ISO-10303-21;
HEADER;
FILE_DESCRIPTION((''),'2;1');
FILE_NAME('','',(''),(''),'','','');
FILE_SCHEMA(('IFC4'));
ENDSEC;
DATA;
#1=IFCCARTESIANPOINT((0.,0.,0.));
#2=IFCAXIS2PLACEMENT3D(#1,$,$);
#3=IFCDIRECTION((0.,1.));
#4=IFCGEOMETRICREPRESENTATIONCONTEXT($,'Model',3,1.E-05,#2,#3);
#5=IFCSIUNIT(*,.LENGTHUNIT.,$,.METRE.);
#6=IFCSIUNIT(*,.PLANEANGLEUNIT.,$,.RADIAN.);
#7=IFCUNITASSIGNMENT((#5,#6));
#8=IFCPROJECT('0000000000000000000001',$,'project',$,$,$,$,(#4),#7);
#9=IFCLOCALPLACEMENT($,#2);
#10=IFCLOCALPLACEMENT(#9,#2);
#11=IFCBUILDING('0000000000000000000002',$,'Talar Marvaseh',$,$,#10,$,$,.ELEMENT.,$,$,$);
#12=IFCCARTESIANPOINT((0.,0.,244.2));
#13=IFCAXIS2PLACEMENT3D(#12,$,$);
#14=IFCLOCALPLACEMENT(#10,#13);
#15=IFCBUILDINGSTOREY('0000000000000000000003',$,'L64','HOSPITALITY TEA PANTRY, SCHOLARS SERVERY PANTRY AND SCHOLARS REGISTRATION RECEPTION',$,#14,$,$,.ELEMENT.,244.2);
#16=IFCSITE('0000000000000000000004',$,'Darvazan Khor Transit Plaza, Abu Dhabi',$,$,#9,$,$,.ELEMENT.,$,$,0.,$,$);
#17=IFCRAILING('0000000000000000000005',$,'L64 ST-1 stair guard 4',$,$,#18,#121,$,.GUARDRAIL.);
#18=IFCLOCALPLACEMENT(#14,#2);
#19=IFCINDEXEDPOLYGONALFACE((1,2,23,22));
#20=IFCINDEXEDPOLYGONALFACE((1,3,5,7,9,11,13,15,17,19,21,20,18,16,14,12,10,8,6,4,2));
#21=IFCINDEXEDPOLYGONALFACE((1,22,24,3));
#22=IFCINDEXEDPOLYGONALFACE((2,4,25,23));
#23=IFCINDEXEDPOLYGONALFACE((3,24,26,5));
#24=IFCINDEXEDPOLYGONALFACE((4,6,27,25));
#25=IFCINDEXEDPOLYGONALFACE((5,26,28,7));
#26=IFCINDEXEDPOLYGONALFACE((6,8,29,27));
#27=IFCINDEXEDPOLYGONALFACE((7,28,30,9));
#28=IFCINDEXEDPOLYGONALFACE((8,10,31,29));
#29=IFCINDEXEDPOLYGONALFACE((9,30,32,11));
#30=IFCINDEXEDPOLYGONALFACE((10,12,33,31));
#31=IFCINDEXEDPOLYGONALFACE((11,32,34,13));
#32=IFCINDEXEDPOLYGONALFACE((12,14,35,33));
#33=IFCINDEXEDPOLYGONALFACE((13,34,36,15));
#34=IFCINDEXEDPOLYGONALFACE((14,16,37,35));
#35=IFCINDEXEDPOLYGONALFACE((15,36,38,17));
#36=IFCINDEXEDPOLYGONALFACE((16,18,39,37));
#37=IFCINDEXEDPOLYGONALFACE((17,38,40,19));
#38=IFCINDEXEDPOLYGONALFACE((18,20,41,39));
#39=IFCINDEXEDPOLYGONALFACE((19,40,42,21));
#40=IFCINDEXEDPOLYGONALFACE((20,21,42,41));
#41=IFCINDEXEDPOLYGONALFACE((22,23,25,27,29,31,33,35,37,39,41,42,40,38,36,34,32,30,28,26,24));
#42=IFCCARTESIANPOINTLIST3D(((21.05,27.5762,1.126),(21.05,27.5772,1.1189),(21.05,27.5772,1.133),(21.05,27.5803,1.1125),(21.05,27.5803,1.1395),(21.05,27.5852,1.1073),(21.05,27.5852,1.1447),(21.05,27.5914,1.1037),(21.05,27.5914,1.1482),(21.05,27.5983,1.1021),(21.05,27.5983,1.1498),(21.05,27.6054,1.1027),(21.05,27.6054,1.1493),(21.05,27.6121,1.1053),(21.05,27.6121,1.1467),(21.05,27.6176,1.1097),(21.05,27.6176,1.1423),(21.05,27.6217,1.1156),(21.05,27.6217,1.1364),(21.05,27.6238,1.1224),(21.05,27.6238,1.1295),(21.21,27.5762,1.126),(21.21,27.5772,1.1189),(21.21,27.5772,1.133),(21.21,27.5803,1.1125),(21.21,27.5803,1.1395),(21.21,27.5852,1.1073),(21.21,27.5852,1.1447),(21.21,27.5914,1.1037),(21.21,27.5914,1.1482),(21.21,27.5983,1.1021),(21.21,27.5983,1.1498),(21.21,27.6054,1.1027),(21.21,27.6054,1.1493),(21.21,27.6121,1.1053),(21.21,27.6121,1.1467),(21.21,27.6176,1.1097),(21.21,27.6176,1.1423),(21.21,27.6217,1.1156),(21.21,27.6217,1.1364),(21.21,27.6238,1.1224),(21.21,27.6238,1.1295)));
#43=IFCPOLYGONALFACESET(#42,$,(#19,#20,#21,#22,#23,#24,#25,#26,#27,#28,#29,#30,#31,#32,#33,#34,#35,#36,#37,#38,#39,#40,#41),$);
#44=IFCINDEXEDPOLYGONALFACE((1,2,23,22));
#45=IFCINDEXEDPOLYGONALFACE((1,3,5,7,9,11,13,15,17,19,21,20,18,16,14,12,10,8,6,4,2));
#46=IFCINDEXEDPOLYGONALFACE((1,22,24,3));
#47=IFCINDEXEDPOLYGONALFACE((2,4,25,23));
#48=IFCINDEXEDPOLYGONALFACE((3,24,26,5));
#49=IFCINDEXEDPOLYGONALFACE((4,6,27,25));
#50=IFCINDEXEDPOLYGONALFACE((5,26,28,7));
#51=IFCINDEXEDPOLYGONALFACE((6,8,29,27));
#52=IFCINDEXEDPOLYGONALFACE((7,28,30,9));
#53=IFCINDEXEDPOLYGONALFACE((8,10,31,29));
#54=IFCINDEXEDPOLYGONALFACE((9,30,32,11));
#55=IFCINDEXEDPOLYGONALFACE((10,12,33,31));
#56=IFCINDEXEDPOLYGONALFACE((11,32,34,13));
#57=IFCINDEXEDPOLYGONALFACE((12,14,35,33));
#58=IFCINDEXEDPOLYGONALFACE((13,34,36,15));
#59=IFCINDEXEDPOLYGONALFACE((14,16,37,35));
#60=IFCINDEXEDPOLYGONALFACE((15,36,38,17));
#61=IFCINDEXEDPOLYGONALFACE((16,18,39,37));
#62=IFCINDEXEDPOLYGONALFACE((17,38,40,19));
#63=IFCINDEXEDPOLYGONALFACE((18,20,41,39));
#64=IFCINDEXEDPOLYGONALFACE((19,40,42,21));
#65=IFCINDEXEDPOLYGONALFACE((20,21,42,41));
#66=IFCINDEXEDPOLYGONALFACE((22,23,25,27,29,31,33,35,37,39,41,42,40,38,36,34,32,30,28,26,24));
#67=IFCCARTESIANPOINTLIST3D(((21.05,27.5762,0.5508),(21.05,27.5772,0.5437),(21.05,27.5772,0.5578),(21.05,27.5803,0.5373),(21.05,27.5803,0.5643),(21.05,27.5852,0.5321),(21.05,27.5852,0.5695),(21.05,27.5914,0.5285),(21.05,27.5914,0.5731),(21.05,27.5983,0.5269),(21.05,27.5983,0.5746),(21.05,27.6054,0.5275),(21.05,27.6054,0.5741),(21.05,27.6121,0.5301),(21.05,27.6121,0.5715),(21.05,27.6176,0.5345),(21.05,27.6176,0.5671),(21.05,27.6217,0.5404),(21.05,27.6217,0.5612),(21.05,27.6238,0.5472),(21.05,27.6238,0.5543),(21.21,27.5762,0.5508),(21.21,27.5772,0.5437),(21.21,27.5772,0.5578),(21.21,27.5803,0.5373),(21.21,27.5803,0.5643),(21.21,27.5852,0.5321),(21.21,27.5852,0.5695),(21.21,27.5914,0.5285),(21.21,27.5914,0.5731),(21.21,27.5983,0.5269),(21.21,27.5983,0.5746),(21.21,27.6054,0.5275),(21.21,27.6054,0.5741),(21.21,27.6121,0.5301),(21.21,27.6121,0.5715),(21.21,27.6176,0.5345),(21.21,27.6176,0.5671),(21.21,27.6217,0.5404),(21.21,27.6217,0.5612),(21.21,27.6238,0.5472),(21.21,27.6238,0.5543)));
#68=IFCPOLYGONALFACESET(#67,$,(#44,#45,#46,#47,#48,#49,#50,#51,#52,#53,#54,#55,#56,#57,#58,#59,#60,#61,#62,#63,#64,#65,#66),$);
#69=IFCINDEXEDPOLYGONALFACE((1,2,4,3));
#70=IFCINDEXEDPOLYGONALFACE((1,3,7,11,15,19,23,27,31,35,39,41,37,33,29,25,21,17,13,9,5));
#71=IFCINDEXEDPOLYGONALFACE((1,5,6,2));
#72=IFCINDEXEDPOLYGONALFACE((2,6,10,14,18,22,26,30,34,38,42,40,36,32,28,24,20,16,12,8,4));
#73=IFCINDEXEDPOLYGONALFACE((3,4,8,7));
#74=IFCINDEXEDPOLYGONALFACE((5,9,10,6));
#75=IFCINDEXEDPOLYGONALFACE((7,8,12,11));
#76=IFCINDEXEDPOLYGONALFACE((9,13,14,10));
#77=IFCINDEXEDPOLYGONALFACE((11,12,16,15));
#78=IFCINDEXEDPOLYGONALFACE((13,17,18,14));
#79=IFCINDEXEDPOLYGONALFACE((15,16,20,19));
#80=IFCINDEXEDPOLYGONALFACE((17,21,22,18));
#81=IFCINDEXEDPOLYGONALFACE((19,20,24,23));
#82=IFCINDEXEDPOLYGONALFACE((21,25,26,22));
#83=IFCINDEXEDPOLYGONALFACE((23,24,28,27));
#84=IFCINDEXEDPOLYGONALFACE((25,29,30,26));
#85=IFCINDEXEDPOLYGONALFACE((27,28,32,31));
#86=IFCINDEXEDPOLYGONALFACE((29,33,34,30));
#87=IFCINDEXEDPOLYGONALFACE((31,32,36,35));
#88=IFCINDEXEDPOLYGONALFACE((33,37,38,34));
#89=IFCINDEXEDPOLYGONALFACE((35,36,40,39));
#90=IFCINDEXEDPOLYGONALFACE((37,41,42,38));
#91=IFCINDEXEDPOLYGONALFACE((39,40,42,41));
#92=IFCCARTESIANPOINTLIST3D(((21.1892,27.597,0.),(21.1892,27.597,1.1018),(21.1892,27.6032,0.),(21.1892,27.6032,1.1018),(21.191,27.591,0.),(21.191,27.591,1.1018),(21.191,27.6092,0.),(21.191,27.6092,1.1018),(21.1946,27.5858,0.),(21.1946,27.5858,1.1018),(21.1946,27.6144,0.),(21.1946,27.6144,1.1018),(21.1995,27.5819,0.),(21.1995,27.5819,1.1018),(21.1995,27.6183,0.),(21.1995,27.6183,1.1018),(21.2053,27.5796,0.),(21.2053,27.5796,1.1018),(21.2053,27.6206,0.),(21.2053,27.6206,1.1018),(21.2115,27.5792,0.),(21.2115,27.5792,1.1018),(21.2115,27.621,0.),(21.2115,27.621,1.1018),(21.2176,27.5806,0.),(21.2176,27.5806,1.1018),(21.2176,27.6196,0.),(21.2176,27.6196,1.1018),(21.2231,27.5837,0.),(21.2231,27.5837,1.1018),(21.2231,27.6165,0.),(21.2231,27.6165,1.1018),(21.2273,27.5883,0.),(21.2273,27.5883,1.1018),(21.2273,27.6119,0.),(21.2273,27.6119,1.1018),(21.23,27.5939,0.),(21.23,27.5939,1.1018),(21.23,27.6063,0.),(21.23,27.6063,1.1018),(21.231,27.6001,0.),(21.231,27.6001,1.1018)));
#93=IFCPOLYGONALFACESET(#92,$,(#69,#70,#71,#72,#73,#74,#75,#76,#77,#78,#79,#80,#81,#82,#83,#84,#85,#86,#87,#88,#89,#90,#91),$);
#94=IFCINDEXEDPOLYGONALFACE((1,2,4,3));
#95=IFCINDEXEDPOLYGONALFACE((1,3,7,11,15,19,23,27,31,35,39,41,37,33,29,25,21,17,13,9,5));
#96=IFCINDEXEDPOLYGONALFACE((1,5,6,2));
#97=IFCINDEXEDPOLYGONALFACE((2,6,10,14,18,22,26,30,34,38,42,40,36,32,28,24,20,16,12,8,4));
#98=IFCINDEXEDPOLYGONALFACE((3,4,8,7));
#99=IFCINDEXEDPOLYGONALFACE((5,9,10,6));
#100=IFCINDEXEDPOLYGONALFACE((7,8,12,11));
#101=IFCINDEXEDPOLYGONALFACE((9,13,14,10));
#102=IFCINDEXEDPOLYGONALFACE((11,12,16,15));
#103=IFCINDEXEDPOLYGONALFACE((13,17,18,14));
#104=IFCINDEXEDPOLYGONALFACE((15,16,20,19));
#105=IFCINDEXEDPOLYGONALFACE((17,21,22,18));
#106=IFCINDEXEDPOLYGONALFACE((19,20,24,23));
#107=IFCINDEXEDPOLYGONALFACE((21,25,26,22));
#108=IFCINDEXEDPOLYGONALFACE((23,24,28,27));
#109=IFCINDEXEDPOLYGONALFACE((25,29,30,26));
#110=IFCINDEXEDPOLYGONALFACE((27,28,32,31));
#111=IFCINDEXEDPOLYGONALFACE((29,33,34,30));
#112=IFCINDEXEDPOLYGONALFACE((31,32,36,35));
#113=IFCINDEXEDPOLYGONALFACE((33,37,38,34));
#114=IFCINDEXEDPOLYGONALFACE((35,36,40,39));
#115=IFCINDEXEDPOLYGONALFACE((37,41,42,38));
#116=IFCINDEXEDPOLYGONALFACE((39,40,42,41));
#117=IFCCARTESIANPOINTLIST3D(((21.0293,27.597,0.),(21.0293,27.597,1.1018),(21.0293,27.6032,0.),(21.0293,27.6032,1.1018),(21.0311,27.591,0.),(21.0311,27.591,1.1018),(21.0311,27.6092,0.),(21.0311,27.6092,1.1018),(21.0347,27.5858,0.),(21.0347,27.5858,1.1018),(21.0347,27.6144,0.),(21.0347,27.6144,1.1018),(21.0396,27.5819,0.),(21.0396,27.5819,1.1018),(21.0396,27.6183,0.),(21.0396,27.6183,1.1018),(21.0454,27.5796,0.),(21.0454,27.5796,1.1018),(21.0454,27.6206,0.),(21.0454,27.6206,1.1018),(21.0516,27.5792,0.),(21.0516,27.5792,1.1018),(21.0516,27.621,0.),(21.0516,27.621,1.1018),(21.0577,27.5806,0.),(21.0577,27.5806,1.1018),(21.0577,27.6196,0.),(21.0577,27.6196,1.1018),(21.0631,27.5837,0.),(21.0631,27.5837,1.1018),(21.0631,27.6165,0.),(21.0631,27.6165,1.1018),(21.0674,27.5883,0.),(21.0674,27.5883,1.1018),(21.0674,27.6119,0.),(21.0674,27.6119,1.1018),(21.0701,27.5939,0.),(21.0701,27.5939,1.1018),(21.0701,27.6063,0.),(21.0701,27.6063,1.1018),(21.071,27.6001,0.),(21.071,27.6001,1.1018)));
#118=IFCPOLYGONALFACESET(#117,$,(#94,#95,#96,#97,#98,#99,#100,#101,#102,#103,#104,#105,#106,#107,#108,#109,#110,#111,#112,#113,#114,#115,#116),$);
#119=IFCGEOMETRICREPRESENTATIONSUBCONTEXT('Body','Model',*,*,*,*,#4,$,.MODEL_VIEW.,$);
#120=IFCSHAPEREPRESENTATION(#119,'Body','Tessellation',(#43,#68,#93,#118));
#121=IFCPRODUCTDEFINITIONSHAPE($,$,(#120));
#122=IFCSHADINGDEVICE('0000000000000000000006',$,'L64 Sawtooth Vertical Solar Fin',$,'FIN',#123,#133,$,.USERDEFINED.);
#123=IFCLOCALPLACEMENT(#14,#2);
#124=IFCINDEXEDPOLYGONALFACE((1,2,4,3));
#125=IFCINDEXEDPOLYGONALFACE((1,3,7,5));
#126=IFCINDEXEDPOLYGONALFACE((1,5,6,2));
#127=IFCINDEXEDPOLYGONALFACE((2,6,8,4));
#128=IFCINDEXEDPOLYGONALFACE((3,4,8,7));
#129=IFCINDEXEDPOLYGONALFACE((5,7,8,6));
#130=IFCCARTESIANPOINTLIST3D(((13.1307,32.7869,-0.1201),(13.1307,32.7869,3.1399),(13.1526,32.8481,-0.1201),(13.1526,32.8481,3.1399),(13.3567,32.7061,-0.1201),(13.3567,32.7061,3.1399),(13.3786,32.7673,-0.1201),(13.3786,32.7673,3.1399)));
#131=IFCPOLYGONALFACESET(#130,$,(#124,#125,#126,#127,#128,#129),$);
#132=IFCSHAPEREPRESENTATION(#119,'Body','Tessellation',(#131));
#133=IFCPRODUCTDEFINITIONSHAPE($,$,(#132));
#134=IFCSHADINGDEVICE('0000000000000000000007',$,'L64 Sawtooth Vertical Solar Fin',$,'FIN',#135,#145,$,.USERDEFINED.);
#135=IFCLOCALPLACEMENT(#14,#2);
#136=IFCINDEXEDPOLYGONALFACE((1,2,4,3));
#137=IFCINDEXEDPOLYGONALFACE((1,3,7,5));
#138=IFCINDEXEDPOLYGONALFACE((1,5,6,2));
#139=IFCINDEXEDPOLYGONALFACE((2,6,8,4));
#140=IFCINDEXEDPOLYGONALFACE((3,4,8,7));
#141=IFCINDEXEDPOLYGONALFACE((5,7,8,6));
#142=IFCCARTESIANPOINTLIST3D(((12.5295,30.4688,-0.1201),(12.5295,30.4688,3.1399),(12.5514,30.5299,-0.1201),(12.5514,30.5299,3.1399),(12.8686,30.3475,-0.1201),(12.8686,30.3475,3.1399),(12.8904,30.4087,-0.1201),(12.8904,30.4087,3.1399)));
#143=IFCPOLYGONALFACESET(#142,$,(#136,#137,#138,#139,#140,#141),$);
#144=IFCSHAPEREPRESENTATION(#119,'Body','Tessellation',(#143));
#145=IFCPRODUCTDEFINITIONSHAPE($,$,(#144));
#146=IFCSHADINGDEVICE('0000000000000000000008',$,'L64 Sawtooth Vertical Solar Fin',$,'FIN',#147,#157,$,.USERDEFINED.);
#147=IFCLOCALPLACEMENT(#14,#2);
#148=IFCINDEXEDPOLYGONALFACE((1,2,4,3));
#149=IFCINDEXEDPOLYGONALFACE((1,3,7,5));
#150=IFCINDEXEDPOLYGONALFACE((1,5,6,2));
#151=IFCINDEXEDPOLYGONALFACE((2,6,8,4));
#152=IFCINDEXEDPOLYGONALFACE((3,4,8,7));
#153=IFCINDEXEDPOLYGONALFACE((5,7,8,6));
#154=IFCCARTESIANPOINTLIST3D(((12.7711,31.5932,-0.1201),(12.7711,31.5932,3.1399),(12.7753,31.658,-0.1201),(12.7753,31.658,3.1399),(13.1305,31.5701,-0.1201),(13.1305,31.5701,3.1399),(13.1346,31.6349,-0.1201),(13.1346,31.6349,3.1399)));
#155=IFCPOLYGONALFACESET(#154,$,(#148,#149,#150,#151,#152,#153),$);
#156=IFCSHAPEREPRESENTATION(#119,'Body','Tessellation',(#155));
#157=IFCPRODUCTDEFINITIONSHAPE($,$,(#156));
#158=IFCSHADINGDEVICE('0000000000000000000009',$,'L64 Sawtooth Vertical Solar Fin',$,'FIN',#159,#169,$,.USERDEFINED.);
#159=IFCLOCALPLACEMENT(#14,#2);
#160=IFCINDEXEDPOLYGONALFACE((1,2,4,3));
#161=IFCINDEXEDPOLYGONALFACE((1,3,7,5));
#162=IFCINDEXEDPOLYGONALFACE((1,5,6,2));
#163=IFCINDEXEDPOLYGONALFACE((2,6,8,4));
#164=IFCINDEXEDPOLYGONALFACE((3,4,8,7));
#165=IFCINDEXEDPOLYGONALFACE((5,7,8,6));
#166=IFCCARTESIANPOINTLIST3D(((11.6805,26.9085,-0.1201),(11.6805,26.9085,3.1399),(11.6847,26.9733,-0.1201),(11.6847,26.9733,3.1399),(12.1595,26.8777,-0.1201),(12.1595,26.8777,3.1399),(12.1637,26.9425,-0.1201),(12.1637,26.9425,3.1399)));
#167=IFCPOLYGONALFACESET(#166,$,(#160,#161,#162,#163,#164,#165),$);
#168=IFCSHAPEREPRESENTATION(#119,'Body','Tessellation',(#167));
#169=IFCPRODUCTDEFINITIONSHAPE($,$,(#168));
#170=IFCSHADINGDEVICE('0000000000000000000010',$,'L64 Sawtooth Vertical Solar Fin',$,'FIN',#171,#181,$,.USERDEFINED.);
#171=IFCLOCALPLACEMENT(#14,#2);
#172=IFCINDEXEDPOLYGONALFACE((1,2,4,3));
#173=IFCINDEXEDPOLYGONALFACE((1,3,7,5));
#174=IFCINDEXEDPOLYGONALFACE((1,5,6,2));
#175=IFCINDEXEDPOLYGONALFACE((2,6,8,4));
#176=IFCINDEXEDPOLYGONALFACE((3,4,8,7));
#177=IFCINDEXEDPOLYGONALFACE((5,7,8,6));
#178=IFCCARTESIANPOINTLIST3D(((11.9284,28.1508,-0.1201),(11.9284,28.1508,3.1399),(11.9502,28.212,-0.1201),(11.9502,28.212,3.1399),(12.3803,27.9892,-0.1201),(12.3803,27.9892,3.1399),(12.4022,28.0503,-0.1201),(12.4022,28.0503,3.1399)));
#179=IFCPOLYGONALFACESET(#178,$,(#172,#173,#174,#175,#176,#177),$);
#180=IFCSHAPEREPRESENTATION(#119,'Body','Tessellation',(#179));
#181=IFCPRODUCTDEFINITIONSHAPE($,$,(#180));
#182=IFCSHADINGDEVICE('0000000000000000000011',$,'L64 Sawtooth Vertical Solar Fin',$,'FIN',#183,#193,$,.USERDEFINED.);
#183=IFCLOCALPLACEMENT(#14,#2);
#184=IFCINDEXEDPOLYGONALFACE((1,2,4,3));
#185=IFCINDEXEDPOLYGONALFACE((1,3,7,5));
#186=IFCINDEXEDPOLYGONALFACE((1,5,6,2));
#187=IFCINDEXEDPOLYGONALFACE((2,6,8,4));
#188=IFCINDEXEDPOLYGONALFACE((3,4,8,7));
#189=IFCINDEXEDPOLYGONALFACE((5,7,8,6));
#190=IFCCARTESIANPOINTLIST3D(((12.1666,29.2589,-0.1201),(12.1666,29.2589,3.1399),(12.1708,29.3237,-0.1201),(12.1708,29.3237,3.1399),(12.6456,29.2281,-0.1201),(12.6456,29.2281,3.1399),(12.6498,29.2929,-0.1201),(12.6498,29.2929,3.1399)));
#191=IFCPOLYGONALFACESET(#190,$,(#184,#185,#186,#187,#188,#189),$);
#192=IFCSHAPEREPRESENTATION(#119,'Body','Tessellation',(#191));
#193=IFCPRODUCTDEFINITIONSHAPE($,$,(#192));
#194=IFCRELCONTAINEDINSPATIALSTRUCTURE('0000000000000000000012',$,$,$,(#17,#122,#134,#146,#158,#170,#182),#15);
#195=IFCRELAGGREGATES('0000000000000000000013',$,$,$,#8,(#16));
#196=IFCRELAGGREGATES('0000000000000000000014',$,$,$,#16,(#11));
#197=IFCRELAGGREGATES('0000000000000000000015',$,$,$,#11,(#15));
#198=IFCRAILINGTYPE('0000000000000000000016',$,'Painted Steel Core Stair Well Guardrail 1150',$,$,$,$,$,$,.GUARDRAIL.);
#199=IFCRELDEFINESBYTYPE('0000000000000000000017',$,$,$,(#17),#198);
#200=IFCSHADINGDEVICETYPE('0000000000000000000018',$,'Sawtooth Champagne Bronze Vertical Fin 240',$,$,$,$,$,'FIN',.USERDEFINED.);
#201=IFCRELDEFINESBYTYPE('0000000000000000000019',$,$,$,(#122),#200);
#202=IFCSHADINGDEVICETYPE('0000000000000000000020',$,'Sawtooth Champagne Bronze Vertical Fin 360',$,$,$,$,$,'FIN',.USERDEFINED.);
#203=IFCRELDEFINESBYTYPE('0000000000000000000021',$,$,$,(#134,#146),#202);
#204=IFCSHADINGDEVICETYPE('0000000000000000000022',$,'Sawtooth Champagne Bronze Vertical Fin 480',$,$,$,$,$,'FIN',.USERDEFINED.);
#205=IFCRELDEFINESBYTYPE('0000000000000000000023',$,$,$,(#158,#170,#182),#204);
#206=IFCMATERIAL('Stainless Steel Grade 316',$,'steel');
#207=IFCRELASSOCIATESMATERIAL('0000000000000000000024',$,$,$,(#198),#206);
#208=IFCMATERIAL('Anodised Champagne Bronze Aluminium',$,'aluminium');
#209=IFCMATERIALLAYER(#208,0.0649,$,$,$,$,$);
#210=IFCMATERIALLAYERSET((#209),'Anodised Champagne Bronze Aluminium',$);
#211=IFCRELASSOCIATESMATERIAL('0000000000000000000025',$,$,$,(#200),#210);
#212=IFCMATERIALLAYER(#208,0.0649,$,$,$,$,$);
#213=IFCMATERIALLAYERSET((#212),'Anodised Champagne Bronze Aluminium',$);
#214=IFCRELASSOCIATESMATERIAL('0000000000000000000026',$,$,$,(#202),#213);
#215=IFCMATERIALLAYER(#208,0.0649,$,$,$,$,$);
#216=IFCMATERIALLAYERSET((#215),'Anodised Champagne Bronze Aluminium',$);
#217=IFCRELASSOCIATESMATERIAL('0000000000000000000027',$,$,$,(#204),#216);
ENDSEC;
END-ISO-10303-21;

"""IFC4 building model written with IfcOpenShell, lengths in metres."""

from ifc_helpers import new_model, si_unit, direction, frame, origin, origin_2d, place, context, subcontext, project, spatial, rectangle, circle, extrude, source, transform, mapped, material, layer, layer_set, type_object, type_shapes, element, save


model = new_model("IFC4")

# Units and contexts
model_context = context("Model", 3, precision=1e-05, world=origin(), true_north=direction((0.0, 1.0)))
body_context = subcontext(model_context, "Body", "Model", "MODEL_VIEW")
ifc_project = project(units=[si_unit("LENGTHUNIT", "METRE"), si_unit("PLANEANGLEUNIT", "RADIAN")], contexts=[model_context])

# Site, building, storey
site_placement = place(None, origin())
site = spatial("IfcSite", under=ifc_project, at=site_placement, Name="Darvazan Khor Transit Plaza, Abu Dhabi", CompositionType="ELEMENT", RefElevation=0.0)
building_placement = place(site_placement, origin())
building = spatial("IfcBuilding", under=site, at=building_placement, Name="Talar Marvaseh", CompositionType="ELEMENT")
storey_placement = place(building_placement, frame((0.0, 0.0, 244.2)))
storey = spatial("IfcBuildingStorey", under=building, at=storey_placement, Name="L64", Description="HOSPITALITY TEA PANTRY, SCHOLARS SERVERY PANTRY AND SCHOLARS REGISTRATION RECEPTION", CompositionType="ELEMENT", Elevation=244.2)

# Railing
ifc_material_1 = material(Name="Stainless Steel Grade 316", Category="steel")
railing_type_1 = type_object("IfcRailingType", Name="Painted Steel Core Stair Well Guardrail 1150", PredefinedType="GUARDRAIL", material=ifc_material_1)
railing_1_placement = place(storey_placement, frame((21.21, 27.6001, 0.0)))
element("IfcRailing", 1, at=railing_1_placement, inside=storey, type_object=railing_type_1, Name="L64 ST-1 stair guard 4", PredefinedType="GUARDRAIL", context=body_context, shape_type="SweptSolid", body=[
    extrude(circle(Radius=0.0239, at=origin_2d()), frame((0.0, 0.0, 1.126), z_axis=(-1.0, 0.0, 0.0), x_axis=(0.0, -1.0, 0.0)), (0.0, 0.0, 1.0), 0.1599),
    extrude(circle(Radius=0.0239, at=origin_2d()), frame((0.0, 0.0, 0.5508), z_axis=(-1.0, 0.0, 0.0), x_axis=(0.0, -1.0, 0.0)), (0.0, 0.0, 1.0), 0.1599),
    extrude(circle(Radius=0.021, at=origin_2d()), origin(), (0.0, 0.0, 1.0), 1.1018),
    extrude(circle(Radius=0.021, at=origin_2d()), frame((-0.1599, 0.0, 0.0)), (0.0, 0.0, 1.0), 1.1018),
])

# Shading devices
ifc_material_2 = material(Name="Anodised Champagne Bronze Aluminium", Category="aluminium")
ifc_layer_1 = layer(ifc_material_2, 0.0649)
ifc_layer_set_1 = layer_set([ifc_layer_1], Name="Anodised Champagne Bronze Aluminium")
shading_device_type_1 = type_object("IfcShadingDeviceType", Name="Sawtooth Champagne Bronze Vertical Fin 240", ElementType="FIN", PredefinedType="USERDEFINED", material=ifc_layer_set_1)
shared_shape_1 = source(origin(), body_context, "Body", "SweptSolid", [
    extrude(rectangle(XDim=0.24, YDim=0.0649, at=origin_2d()), origin(), (0.0, 0.0, 1.0), 3.26),
])
type_shapes(shading_device_type_1, [shared_shape_1])
shading_device_placement = place(storey_placement, frame((13.2546, 32.7771, -0.1201), z_axis=(0.0, 0.0, 1.0), x_axis=(-0.941588, 0.336767, 0.0)))
element("IfcShadingDevice", 2, at=shading_device_placement, inside=storey, type_object=shading_device_type_1, Name="L64 Sawtooth Vertical Solar Fin", ObjectType="FIN", PredefinedType="USERDEFINED", context=body_context, shape_type="MappedRepresentation", body=[
    mapped(shared_shape_1, transform((0.0, 0.0, 0.0), x_axis=(1.0, 0.0, 0.0), y_axis=(0.0, 1.0, 0.0), z_axis=(0.0, 0.0, 1.0), scale=1.0)),
])
ifc_layer_2 = layer(ifc_material_2, 0.0649)
ifc_layer_set_2 = layer_set([ifc_layer_2], Name="Anodised Champagne Bronze Aluminium")
shading_device_type_2 = type_object("IfcShadingDeviceType", Name="Sawtooth Champagne Bronze Vertical Fin 360", ElementType="FIN", PredefinedType="USERDEFINED", material=ifc_layer_set_2)
shared_shape_2 = source(origin(), body_context, "Body", "SweptSolid", [
    extrude(rectangle(XDim=0.3601, YDim=0.0649, at=origin_2d()), origin(), (0.0, 0.0, 1.0), 3.26),
])
type_shapes(shading_device_type_2, [shared_shape_2])
for number, where, z_axis, x_axis, name in (
    (3, (12.71, 30.4387, -0.1201), (0.0, 0.0, 1.0), (-0.941588, 0.336767, 0.0), "L64 Sawtooth Vertical Solar Fin"),
    (4, (12.9529, 31.614, -0.1201), (0.0, 0.0, 1.0), (-0.997938, 0.064184, 0.0), "L64 Sawtooth Vertical Solar Fin"),
):
    element("IfcShadingDevice", number, at=place(storey_placement, frame(where, z_axis=z_axis, x_axis=x_axis)), inside=storey, type_object=shading_device_type_2, Name=name, ObjectType="FIN", PredefinedType="USERDEFINED", context=body_context, shape_type="MappedRepresentation", body=[
        mapped(shared_shape_2, transform((0.0, 0.0, 0.0), x_axis=(1.0, 0.0, 0.0), y_axis=(0.0, 1.0, 0.0), z_axis=(0.0, 0.0, 1.0), scale=1.0)),
    ])
ifc_layer_3 = layer(ifc_material_2, 0.0649)
ifc_layer_set_3 = layer_set([ifc_layer_3], Name="Anodised Champagne Bronze Aluminium")
shading_device_type_3 = type_object("IfcShadingDeviceType", Name="Sawtooth Champagne Bronze Vertical Fin 480", ElementType="FIN", PredefinedType="USERDEFINED", material=ifc_layer_set_3)
shared_shape_3 = source(origin(), body_context, "Body", "SweptSolid", [
    extrude(rectangle(XDim=0.48, YDim=0.0649, at=origin_2d()), origin(), (0.0, 0.0, 1.0), 3.26),
])
type_shapes(shading_device_type_3, [shared_shape_3])
for number, where, z_axis, x_axis, name in (
    (5, (11.9221, 26.9255, -0.1201), (0.0, 0.0, 1.0), (-0.997938, 0.064184, 0.0), "L64 Sawtooth Vertical Solar Fin"),
    (6, (12.1653, 28.1006, -0.1201), (0.0, 0.0, 1.0), (-0.941588, 0.336767, 0.0), "L64 Sawtooth Vertical Solar Fin"),
    (7, (12.4082, 29.2759, -0.1201), (0.0, 0.0, 1.0), (-0.997938, 0.064184, 0.0), "L64 Sawtooth Vertical Solar Fin"),
):
    element("IfcShadingDevice", number, at=place(storey_placement, frame(where, z_axis=z_axis, x_axis=x_axis)), inside=storey, type_object=shading_device_type_3, Name=name, ObjectType="FIN", PredefinedType="USERDEFINED", context=body_context, shape_type="MappedRepresentation", body=[
        mapped(shared_shape_3, transform((0.0, 0.0, 0.0), x_axis=(1.0, 0.0, 0.0), y_axis=(0.0, 1.0, 0.0), z_axis=(0.0, 0.0, 1.0), scale=1.0)),
    ])

save(model, "model.ifc")
